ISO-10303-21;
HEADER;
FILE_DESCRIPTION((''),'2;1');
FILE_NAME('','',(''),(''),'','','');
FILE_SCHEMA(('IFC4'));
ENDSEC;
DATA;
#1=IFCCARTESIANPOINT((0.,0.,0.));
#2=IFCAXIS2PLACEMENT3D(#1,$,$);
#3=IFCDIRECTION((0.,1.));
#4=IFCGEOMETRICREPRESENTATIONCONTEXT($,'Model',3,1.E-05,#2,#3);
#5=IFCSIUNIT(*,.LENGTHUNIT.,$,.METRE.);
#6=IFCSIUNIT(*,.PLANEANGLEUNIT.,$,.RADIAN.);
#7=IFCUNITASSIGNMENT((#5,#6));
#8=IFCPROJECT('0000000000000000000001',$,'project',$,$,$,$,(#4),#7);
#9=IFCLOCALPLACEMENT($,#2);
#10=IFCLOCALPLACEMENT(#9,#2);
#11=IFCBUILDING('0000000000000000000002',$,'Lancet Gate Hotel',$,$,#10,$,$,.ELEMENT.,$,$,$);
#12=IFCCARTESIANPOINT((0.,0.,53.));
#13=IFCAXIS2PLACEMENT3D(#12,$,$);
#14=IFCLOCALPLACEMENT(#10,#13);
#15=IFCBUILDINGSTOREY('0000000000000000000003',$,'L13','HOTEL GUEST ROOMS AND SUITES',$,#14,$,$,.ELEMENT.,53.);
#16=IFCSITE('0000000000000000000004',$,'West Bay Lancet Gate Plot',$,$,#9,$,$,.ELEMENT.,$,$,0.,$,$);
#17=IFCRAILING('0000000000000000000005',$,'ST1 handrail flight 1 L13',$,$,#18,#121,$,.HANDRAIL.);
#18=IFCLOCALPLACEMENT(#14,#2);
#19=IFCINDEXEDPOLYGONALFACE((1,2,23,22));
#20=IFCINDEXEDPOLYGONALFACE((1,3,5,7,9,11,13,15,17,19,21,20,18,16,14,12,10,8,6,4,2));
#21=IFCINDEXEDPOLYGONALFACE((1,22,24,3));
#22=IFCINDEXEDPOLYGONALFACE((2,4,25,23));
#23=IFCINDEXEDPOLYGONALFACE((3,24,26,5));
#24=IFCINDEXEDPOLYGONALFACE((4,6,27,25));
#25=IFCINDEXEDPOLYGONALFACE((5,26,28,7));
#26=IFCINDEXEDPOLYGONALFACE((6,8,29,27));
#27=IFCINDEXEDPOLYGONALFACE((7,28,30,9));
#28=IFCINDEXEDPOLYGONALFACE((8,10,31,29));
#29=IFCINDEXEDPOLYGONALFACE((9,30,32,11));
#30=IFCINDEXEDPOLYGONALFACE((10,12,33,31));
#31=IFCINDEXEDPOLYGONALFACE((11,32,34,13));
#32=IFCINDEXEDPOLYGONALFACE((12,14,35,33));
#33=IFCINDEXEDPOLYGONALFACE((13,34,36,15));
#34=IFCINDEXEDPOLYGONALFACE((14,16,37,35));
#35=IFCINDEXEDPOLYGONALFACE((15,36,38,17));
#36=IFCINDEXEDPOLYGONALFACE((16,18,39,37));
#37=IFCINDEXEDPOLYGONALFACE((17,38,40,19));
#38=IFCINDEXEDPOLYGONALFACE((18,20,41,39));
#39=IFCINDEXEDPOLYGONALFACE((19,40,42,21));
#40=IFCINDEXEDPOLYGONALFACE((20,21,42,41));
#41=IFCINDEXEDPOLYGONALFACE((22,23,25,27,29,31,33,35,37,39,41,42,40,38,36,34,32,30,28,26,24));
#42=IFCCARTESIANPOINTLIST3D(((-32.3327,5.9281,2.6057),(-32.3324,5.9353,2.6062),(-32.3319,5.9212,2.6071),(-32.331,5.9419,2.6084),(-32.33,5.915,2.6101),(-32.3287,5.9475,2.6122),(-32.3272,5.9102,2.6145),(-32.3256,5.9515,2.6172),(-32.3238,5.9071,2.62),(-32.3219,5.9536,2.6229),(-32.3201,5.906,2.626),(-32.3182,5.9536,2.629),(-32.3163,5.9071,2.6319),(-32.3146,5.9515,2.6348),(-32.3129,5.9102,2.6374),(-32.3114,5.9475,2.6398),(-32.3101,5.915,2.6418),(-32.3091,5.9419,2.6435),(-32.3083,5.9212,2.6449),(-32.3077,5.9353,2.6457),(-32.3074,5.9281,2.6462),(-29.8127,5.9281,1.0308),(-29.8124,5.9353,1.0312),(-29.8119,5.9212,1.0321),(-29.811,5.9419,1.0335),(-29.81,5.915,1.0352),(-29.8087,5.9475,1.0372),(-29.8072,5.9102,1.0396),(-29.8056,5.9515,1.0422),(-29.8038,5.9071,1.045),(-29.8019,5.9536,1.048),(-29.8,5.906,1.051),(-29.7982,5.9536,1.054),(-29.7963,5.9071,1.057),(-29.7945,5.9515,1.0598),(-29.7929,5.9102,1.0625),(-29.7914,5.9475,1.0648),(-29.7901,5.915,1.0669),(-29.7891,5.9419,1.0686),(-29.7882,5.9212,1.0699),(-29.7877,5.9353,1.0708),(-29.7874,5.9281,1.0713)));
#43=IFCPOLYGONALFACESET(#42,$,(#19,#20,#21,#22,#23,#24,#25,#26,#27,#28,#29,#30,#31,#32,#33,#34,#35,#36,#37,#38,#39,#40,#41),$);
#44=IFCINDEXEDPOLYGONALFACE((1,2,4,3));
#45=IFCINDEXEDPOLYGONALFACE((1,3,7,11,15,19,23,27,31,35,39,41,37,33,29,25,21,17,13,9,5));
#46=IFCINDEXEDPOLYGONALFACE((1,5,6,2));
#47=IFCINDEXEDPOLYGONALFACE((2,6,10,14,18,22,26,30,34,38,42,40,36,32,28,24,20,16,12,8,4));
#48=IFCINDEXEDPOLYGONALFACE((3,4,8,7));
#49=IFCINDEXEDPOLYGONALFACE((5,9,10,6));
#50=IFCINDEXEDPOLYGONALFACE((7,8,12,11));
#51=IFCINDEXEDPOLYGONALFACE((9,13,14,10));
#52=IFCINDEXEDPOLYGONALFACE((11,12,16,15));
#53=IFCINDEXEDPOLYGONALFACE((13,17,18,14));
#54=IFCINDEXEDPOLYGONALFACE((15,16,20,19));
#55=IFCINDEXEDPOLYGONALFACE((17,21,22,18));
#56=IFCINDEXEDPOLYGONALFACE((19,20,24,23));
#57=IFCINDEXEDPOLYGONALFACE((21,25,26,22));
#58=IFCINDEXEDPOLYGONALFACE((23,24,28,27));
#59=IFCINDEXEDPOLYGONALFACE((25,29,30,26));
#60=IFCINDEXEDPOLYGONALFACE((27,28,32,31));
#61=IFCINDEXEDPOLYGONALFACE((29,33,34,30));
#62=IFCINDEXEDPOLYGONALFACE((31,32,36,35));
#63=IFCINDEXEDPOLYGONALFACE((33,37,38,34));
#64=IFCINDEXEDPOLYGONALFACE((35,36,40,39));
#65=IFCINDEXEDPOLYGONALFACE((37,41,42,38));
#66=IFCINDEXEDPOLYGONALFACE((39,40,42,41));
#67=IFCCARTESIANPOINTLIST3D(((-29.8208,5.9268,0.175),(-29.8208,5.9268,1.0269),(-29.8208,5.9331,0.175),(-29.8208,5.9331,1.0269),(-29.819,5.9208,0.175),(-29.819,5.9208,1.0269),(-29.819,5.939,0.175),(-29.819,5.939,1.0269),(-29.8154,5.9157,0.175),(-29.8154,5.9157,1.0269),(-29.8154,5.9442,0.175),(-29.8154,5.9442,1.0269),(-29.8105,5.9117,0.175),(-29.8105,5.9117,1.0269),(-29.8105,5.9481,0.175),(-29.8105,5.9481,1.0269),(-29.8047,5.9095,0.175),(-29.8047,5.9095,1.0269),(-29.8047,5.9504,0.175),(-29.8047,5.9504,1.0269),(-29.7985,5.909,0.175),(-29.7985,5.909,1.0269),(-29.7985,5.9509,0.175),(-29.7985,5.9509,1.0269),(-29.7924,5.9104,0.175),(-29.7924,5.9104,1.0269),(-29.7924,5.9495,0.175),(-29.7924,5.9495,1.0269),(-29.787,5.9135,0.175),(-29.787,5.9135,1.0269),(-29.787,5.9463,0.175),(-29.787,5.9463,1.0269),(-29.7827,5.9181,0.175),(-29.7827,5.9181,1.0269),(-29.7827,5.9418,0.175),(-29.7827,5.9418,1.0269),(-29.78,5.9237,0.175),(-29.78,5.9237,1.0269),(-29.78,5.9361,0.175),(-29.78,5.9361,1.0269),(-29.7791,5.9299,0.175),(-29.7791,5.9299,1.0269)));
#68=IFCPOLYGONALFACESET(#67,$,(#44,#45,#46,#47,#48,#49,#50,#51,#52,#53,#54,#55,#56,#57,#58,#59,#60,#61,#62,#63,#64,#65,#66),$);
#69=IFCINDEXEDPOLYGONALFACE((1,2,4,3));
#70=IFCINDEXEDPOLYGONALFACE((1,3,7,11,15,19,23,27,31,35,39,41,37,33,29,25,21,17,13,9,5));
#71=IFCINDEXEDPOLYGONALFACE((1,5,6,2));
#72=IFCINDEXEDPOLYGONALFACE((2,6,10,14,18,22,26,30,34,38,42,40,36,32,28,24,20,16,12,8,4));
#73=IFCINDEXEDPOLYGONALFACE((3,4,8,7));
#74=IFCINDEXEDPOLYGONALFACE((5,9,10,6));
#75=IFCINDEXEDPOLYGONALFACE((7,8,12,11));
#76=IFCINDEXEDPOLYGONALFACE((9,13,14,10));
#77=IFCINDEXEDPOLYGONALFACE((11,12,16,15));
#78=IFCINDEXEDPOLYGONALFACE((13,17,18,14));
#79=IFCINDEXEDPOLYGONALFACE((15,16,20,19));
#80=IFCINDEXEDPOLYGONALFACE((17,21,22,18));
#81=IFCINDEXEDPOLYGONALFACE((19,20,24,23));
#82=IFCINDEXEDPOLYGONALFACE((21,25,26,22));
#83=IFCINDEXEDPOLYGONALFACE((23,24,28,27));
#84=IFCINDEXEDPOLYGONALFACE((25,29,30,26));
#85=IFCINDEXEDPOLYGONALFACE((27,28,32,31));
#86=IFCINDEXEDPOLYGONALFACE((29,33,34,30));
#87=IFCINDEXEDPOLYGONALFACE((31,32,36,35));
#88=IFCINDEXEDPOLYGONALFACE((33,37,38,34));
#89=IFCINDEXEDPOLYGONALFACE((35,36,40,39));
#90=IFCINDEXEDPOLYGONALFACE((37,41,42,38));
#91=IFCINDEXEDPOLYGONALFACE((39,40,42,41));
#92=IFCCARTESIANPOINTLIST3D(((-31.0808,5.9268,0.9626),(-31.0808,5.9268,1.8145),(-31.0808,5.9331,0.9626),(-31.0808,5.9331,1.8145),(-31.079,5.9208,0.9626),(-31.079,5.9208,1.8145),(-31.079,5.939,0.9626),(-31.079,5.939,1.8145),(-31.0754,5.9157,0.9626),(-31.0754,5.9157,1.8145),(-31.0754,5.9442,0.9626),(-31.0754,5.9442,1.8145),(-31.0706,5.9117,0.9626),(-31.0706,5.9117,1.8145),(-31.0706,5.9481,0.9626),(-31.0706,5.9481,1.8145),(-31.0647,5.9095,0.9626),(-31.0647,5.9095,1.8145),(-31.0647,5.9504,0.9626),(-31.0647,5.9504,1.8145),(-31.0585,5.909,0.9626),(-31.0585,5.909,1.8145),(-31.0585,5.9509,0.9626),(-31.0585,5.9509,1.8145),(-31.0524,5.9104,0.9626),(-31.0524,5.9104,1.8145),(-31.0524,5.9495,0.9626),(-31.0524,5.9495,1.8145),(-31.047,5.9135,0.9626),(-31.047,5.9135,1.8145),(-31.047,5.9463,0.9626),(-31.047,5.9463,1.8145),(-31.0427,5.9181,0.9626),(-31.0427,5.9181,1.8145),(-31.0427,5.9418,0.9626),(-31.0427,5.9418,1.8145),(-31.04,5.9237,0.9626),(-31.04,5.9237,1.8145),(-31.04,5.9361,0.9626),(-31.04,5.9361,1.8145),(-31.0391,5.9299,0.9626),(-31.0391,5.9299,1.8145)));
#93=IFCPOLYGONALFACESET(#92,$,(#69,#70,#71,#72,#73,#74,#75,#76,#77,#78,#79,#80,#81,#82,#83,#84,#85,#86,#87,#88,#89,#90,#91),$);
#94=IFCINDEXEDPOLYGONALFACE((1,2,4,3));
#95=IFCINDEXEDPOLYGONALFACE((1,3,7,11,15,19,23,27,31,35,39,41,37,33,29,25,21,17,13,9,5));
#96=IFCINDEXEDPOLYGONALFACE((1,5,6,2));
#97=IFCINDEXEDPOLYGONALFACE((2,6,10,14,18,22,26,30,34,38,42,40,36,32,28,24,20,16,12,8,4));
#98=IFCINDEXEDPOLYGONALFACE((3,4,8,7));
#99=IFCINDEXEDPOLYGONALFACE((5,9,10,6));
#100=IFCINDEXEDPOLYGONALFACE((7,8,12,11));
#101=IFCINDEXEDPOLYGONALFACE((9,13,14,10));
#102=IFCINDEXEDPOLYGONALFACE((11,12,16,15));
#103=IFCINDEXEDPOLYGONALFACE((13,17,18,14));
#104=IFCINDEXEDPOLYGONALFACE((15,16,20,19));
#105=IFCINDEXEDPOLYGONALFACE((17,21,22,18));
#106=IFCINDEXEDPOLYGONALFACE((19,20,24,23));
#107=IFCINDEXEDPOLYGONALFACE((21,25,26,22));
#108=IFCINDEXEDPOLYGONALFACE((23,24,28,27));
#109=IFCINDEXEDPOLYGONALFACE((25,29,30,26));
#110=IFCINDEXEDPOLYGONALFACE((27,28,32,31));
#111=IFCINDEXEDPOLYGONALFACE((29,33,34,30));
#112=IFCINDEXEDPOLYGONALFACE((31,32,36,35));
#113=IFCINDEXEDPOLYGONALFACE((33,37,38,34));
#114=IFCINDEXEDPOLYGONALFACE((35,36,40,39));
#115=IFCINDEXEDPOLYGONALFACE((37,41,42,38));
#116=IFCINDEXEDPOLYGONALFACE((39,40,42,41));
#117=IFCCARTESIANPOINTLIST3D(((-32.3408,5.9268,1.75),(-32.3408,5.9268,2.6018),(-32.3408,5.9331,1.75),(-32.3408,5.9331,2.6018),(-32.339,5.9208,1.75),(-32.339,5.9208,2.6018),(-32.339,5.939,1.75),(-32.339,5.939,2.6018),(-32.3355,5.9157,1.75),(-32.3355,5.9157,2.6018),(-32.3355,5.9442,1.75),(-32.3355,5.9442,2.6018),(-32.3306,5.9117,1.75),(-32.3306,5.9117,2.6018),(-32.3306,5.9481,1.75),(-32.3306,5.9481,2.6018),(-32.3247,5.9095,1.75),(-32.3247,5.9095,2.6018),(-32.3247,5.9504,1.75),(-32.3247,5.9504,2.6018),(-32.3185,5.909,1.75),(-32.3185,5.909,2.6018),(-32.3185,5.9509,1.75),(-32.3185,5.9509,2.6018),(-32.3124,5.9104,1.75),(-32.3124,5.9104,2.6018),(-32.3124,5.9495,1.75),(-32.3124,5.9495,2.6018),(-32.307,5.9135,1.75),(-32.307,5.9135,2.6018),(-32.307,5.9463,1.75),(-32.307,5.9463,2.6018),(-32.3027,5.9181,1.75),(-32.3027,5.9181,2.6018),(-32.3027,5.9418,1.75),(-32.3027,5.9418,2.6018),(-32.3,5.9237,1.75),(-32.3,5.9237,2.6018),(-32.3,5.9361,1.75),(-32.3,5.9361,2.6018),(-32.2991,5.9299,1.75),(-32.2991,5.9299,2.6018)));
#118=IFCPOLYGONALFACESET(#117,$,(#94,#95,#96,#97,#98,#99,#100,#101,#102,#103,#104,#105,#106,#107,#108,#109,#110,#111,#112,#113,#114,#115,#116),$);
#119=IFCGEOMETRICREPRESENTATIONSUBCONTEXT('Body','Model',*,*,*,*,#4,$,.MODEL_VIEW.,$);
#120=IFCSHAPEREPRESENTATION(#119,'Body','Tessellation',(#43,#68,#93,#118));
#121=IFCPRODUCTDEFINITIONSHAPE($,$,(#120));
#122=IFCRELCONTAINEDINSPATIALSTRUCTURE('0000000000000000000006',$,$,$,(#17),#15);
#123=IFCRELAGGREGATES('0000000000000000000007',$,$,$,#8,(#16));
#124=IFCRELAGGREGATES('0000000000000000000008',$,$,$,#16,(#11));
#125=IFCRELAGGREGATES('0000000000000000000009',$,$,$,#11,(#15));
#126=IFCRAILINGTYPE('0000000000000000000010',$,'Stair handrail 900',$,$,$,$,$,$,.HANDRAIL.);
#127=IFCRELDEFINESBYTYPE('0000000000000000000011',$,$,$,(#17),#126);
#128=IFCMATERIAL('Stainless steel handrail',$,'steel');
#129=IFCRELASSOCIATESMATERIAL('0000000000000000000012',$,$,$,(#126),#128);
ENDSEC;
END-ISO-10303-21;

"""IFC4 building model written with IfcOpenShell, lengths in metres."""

from ifc_helpers import new_model, si_unit, direction, frame, origin, origin_2d, place, context, subcontext, project, spatial, circle, extrude, material, type_object, element, save


model = new_model("IFC4")

# Units and contexts
model_context = context("Model", 3, precision=1e-05, world=origin(), true_north=direction((0.0, 1.0)))
body_context = subcontext(model_context, "Body", "Model", "MODEL_VIEW")
ifc_project = project(units=[si_unit("LENGTHUNIT", "METRE"), si_unit("PLANEANGLEUNIT", "RADIAN")], contexts=[model_context])

# Site, building, storey
site_placement = place(None, origin())
site = spatial("IfcSite", under=ifc_project, at=site_placement, Name="West Bay Lancet Gate Plot", CompositionType="ELEMENT", RefElevation=0.0)
building_placement = place(site_placement, origin())
building = spatial("IfcBuilding", under=site, at=building_placement, Name="Lancet Gate Hotel", CompositionType="ELEMENT")
storey_placement = place(building_placement, frame((0.0, 0.0, 53.0)))
storey = spatial("IfcBuildingStorey", under=building, at=storey_placement, Name="L13", Description="HOTEL GUEST ROOMS AND SUITES", CompositionType="ELEMENT", Elevation=53.0)

# Railing
ifc_material_1 = material(Name="Stainless steel handrail", Category="steel")
railing_type = type_object("IfcRailingType", Name="Stair handrail 900", PredefinedType="HANDRAIL", material=ifc_material_1)
railing_1_placement = place(storey_placement, frame((-29.8, 5.9299, 0.175)))
element("IfcRailing", 1, at=railing_1_placement, inside=storey, type_object=railing_type, Name="ST1 handrail flight 1 L13", PredefinedType="HANDRAIL", context=body_context, shape_type="SweptSolid", body=[
    extrude(circle(Radius=0.0239, at=origin_2d()), frame((0.0, 0.0, 0.876), z_axis=(-0.848008, 0.0, 0.529984), x_axis=(0.0, -1.0, 0.0)), (0.0, 0.0, 1.0), 2.9717),
    extrude(circle(Radius=0.021, at=origin_2d()), origin(), (0.0, 0.0, 1.0), 0.8518),
    extrude(circle(Radius=0.021, at=origin_2d()), frame((-1.26, 0.0, 0.7876)), (0.0, 0.0, 1.0), 0.8518),
    extrude(circle(Radius=0.021, at=origin_2d()), frame((-2.52, 0.0, 1.575)), (0.0, 0.0, 1.0), 0.8518),
])

save(model, "model.ifc")
